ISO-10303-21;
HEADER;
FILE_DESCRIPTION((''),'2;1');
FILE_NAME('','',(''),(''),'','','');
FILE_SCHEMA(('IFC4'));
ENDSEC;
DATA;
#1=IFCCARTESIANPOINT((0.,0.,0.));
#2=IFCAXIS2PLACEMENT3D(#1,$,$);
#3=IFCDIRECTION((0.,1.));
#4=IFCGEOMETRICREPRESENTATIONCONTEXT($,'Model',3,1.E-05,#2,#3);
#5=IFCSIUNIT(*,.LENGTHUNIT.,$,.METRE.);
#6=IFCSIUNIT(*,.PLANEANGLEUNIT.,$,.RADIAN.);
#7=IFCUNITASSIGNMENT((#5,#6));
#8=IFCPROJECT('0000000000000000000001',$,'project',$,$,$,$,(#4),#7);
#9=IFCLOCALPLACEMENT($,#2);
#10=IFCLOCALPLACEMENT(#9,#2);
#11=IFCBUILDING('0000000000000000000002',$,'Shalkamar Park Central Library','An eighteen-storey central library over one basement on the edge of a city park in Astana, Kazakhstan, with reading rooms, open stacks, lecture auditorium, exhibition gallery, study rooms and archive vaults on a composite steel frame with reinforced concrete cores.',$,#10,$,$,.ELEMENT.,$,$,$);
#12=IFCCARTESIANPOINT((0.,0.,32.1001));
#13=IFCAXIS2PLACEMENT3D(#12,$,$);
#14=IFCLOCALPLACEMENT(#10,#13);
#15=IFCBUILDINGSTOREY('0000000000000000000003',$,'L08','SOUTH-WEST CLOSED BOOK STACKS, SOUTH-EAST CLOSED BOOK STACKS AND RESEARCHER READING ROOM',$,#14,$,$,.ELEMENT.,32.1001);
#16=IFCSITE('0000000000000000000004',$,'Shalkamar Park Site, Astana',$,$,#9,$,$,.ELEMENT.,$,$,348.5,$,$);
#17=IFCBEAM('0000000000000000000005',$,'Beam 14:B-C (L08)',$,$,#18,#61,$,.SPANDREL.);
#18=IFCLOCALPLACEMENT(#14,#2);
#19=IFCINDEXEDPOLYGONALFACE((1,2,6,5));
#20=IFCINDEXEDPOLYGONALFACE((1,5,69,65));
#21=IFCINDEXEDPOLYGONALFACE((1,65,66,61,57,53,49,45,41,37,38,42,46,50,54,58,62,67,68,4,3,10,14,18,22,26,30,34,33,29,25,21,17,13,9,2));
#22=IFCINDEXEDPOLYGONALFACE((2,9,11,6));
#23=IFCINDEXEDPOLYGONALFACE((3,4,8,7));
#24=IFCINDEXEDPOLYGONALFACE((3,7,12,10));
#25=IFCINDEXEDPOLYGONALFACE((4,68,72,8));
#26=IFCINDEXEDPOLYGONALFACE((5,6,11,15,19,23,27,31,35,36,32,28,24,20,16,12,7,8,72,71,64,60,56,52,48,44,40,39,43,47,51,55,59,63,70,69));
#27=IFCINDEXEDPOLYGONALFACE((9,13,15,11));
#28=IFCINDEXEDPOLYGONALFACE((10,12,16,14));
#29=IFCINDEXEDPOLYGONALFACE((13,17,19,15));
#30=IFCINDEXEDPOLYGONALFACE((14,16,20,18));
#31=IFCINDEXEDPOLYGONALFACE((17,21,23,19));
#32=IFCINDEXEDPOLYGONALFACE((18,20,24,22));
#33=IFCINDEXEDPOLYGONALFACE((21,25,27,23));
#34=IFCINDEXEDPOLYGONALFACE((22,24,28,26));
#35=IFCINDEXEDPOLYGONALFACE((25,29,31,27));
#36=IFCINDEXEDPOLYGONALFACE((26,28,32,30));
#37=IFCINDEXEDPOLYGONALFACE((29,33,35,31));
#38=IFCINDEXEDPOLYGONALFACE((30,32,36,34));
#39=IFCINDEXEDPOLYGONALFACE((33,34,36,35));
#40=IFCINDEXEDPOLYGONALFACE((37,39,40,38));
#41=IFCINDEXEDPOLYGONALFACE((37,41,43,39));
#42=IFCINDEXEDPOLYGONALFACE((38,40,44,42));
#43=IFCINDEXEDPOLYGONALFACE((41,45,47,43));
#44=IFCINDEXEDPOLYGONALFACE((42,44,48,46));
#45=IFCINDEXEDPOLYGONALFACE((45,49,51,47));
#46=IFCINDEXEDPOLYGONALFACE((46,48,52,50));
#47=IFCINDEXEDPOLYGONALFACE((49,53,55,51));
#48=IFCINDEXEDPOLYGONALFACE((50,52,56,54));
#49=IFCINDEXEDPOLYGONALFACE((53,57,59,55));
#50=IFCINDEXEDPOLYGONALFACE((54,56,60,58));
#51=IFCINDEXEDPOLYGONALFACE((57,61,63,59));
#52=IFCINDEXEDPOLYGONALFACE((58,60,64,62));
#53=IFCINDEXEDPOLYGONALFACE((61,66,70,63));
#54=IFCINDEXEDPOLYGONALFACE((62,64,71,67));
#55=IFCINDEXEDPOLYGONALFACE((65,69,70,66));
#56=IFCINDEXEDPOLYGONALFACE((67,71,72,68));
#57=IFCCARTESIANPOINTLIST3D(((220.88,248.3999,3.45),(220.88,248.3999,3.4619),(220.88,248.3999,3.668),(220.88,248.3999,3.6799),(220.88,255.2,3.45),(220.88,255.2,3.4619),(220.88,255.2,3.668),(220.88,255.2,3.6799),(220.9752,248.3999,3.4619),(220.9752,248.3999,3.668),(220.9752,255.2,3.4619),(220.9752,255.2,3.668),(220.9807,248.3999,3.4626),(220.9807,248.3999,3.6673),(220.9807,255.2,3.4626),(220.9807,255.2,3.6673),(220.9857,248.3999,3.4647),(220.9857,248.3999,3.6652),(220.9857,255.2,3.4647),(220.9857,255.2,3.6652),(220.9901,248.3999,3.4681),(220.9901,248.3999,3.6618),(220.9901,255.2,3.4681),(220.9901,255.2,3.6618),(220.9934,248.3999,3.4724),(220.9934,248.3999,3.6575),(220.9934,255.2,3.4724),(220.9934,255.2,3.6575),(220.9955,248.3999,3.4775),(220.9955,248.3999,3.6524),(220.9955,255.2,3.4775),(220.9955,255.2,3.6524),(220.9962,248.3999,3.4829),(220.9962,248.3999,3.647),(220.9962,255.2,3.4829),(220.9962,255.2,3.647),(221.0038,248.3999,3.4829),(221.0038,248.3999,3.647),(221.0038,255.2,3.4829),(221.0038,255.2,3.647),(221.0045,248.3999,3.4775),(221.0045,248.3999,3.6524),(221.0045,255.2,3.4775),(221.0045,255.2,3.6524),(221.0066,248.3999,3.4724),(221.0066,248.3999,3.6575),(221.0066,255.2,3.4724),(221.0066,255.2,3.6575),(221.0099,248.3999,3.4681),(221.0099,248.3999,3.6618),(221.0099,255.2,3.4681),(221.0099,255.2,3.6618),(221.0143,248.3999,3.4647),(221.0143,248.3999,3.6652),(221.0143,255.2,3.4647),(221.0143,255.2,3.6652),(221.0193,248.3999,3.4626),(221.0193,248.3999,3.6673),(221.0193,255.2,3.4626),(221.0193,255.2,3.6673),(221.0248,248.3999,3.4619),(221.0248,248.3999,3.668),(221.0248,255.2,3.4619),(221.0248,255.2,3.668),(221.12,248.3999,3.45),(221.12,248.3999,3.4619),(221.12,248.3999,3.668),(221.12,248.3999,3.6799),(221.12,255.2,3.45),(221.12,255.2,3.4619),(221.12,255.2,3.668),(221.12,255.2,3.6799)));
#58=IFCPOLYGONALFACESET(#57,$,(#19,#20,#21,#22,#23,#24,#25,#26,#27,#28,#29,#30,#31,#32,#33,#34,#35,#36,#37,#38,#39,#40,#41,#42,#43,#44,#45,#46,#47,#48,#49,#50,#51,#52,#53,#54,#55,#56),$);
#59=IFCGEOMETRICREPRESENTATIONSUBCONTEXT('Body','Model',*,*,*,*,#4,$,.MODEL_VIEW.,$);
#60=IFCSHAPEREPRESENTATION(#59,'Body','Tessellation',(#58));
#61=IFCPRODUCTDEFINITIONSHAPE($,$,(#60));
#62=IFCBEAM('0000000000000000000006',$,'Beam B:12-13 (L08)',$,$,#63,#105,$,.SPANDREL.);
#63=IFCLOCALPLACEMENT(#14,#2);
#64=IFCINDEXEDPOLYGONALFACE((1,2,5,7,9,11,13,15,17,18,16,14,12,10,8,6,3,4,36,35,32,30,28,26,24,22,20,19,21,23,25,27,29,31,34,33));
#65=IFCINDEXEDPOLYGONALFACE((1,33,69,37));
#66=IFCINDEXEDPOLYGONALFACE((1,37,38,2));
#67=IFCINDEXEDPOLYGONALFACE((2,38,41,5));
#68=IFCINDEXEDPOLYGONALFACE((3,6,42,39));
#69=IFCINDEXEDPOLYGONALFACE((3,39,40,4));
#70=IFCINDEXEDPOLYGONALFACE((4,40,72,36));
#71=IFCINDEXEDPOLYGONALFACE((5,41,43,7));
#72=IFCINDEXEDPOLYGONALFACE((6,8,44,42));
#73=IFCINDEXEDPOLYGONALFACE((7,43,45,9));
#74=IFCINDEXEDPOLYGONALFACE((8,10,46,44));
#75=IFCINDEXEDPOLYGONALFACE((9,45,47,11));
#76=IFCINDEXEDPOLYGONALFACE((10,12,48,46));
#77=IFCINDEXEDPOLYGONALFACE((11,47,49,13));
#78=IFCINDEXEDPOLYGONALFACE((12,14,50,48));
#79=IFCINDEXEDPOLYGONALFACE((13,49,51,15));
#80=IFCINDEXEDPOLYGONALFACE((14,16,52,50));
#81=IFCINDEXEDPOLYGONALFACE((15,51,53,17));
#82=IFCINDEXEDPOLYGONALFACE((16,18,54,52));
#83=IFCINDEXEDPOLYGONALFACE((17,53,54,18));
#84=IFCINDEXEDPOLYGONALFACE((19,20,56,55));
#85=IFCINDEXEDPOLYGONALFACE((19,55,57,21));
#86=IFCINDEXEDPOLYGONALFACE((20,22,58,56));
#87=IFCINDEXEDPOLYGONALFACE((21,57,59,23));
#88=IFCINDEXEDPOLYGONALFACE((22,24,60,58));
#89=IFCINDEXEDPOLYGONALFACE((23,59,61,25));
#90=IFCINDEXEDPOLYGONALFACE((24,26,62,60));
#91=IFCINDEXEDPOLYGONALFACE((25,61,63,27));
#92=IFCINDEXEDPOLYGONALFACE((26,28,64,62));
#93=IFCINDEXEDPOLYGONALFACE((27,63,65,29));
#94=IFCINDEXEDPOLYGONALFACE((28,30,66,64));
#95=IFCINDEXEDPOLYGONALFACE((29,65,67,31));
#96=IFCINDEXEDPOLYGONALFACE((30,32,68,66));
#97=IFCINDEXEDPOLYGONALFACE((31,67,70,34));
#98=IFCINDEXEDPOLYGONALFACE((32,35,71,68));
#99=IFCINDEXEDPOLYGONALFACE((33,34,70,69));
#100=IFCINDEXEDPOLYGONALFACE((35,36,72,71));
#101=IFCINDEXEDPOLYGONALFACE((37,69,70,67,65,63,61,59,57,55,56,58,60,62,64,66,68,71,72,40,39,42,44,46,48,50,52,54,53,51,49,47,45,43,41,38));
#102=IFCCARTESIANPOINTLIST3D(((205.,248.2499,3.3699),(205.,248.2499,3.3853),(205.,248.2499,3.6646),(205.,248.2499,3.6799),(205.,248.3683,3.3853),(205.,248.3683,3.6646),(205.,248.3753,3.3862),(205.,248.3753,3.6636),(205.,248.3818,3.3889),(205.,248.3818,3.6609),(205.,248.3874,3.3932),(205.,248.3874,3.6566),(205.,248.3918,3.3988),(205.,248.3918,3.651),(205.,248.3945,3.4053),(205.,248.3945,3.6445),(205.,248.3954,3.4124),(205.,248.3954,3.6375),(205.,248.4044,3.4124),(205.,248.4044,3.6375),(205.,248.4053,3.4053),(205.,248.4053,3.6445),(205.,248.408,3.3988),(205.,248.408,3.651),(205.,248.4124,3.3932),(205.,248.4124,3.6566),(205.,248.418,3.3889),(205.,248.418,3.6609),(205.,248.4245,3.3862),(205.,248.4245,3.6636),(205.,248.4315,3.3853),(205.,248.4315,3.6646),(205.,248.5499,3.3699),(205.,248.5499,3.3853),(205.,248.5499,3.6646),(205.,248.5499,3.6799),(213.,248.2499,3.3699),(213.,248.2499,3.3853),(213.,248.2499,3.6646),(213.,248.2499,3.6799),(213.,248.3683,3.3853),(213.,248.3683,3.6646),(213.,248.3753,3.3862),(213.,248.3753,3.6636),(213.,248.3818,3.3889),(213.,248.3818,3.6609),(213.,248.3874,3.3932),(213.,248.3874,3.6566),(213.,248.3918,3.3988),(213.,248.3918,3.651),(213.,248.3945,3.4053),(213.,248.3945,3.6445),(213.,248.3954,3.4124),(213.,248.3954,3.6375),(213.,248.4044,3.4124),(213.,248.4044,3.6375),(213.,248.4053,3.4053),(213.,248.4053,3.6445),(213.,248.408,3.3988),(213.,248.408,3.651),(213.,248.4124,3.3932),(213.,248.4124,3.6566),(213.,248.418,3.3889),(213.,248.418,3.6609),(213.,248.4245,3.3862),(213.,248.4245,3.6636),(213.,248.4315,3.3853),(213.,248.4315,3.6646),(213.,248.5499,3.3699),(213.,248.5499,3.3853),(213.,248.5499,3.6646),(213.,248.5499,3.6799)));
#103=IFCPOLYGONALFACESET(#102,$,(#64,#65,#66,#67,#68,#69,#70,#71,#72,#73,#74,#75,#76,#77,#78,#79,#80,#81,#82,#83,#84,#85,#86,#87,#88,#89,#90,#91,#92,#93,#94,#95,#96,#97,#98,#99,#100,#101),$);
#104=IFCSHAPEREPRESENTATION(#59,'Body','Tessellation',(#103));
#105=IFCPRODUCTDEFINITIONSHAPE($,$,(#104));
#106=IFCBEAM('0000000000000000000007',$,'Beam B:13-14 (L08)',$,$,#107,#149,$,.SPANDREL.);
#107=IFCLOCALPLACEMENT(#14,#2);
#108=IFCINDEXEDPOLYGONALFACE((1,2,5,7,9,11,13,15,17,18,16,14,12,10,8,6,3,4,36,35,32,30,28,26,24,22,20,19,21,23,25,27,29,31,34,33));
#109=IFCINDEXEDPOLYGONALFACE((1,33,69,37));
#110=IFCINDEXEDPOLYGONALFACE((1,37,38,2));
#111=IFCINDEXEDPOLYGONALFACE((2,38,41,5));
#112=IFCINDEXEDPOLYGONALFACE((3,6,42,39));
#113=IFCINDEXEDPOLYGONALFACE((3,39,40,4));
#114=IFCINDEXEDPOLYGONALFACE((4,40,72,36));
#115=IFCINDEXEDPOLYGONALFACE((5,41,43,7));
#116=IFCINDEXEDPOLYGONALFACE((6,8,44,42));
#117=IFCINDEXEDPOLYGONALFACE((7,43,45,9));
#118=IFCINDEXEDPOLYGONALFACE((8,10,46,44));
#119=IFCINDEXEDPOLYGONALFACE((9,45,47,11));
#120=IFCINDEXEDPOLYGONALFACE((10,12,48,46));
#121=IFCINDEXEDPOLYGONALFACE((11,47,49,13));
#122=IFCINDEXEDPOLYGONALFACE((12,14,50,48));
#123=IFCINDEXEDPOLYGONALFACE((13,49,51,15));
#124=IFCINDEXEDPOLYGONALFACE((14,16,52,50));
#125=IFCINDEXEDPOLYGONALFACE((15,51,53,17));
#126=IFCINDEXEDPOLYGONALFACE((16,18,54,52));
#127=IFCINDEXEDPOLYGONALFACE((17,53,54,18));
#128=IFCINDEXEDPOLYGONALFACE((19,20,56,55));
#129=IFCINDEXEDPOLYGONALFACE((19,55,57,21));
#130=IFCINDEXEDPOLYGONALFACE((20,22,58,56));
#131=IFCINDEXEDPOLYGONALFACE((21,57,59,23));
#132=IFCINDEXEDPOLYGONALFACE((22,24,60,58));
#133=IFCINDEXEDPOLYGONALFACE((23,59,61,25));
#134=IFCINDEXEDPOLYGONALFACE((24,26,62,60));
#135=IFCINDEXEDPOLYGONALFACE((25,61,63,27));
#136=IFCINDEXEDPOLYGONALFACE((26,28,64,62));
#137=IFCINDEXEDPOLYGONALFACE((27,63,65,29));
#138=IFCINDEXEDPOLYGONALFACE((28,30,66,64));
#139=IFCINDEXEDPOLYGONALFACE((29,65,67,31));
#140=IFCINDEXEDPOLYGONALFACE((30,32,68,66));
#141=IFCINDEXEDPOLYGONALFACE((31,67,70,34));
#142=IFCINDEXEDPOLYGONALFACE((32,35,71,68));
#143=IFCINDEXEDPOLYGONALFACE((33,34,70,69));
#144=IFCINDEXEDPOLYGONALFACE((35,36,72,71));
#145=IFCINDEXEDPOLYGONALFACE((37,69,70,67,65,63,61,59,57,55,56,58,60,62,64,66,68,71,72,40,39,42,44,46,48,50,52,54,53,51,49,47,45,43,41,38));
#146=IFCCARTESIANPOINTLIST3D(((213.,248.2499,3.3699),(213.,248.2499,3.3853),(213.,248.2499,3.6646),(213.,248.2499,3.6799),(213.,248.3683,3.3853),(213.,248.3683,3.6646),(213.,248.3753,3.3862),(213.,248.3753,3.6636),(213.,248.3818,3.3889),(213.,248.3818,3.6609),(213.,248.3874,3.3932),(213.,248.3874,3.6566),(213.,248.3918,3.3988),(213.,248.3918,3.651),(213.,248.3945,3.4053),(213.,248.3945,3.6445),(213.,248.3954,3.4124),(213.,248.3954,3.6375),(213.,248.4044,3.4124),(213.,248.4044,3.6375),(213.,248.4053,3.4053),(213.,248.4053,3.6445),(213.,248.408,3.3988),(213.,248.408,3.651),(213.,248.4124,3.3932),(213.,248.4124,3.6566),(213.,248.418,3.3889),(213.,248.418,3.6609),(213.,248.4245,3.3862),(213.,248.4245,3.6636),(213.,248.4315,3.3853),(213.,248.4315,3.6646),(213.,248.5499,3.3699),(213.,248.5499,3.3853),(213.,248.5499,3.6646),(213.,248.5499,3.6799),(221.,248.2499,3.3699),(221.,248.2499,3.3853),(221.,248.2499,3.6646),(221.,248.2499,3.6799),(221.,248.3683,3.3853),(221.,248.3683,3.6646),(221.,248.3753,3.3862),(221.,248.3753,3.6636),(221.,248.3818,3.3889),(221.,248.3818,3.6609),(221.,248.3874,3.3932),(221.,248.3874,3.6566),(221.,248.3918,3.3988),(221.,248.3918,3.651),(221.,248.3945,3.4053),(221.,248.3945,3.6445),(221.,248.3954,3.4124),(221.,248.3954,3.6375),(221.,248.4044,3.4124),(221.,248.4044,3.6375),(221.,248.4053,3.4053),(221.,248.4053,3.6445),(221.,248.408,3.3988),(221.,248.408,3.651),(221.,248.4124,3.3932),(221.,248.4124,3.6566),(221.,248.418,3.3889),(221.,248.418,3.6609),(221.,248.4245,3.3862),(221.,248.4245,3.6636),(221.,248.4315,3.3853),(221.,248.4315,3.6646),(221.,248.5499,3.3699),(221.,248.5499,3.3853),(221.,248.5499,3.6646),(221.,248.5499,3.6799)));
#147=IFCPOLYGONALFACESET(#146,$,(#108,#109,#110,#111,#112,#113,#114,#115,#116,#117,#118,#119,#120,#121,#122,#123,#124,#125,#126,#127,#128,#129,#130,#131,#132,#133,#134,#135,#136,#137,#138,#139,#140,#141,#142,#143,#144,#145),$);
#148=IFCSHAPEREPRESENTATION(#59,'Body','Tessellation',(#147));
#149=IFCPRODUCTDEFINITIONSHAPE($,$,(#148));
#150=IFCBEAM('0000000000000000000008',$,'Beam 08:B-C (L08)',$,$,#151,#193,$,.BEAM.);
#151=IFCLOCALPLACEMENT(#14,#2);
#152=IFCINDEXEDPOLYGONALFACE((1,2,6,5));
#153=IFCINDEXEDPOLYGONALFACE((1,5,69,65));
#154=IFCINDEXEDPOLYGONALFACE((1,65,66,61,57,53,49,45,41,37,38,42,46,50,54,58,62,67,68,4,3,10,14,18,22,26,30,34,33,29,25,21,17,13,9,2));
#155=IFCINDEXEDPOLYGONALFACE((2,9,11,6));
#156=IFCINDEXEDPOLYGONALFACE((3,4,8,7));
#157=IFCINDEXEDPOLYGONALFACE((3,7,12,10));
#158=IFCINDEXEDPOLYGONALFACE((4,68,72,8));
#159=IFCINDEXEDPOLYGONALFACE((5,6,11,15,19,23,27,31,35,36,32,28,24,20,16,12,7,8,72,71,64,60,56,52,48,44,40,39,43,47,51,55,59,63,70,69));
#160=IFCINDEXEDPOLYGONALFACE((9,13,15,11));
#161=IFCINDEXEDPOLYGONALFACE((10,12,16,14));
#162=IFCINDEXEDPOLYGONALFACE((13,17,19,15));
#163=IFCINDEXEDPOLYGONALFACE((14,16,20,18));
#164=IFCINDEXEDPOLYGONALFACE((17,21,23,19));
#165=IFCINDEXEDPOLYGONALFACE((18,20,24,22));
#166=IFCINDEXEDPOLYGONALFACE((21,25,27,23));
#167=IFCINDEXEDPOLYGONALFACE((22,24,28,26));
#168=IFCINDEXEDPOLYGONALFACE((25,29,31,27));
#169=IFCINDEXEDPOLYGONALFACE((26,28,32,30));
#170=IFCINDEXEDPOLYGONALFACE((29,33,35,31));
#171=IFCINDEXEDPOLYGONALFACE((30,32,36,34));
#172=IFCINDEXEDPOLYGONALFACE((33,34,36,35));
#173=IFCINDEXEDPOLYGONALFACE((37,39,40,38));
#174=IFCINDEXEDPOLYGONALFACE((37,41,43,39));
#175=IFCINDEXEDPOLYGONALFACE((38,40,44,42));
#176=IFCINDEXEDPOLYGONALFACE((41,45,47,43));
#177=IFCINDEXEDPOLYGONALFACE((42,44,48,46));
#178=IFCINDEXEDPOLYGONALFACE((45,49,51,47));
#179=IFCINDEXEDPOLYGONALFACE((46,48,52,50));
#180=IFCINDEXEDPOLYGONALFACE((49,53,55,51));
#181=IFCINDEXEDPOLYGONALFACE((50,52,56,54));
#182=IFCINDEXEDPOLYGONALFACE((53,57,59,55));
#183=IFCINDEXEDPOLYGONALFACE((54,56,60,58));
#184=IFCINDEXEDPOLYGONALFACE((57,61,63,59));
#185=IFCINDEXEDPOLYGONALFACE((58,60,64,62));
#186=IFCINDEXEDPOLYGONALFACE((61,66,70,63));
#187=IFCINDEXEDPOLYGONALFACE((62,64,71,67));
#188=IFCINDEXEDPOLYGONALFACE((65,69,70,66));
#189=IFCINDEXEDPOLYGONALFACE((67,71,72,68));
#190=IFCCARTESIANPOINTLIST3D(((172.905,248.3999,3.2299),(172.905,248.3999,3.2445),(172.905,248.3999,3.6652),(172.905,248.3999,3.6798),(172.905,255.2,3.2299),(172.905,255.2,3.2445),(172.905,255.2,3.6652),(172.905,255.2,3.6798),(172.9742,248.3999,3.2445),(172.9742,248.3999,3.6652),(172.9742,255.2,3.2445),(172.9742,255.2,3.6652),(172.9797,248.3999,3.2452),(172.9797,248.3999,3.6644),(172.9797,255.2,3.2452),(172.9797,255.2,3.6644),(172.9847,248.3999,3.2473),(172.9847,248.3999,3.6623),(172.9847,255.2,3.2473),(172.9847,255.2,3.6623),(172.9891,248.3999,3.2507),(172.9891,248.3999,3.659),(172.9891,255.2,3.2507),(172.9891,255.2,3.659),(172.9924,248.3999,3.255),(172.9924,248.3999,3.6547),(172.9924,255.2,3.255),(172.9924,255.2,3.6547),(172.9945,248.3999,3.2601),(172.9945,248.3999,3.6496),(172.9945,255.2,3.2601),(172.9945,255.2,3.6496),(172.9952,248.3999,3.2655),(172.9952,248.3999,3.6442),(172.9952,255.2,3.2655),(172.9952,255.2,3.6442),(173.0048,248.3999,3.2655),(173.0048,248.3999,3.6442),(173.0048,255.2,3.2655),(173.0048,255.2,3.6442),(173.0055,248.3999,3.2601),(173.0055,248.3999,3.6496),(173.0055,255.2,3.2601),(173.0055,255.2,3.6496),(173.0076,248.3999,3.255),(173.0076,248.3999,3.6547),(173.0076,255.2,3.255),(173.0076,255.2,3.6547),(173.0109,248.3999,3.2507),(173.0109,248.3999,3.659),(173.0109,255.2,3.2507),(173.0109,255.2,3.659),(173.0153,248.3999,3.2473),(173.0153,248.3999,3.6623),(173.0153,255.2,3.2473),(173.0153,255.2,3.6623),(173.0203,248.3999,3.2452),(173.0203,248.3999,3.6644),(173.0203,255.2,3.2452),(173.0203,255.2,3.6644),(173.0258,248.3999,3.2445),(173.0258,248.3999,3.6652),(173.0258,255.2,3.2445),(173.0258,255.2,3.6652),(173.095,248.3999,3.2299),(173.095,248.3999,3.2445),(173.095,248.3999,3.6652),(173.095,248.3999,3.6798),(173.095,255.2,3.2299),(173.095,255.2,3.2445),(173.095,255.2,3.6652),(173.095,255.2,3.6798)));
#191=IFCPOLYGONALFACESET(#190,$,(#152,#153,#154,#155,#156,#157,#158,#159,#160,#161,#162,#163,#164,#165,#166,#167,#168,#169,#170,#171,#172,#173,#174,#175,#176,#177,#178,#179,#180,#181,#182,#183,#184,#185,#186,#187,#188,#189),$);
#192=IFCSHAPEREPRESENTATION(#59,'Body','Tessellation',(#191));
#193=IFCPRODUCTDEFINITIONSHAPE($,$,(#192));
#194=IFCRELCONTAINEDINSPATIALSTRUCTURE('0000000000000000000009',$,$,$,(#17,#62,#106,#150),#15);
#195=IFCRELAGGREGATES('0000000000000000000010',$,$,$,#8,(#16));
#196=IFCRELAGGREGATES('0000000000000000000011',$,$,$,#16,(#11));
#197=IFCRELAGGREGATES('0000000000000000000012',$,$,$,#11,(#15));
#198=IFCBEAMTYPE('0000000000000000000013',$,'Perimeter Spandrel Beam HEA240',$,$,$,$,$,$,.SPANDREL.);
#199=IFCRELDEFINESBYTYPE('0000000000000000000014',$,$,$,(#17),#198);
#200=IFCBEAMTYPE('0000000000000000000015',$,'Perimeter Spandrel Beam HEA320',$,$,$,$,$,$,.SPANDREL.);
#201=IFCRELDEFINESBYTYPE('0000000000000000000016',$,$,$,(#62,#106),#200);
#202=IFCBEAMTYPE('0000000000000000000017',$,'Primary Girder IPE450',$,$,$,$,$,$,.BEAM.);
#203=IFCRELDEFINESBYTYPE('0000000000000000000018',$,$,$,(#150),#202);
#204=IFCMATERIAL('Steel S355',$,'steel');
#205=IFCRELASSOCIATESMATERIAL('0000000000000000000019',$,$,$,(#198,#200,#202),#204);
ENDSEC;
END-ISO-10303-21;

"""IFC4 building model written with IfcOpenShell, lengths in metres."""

from ifc_helpers import new_model, si_unit, direction, frame, origin, origin_2d, place, context, subcontext, project, spatial, i_section, extrude, material, material_profile, profile_set, type_object, element, save


model = new_model("IFC4")

# Units and contexts
model_context = context("Model", 3, precision=1e-05, world=origin(), true_north=direction((0.0, 1.0)))
body_context = subcontext(model_context, "Body", "Model", "MODEL_VIEW")
ifc_project = project(units=[si_unit("LENGTHUNIT", "METRE"), si_unit("PLANEANGLEUNIT", "RADIAN")], contexts=[model_context])

# Site, building, storey
site_placement = place(None, origin())
site = spatial("IfcSite", under=ifc_project, at=site_placement, Name="Shalkamar Park Site, Astana", CompositionType="ELEMENT", RefElevation=348.5)
building_placement = place(site_placement, origin())
building = spatial("IfcBuilding", under=site, at=building_placement, Name="Shalkamar Park Central Library", Description="An eighteen-storey central library over one basement on the edge of a city park in Astana, Kazakhstan, with reading rooms, open stacks, lecture auditorium, exhibition gallery, study rooms and archive vaults on a composite steel frame with reinforced concrete cores.", CompositionType="ELEMENT")
storey_placement = place(building_placement, frame((0.0, 0.0, 32.1001)))
storey = spatial("IfcBuildingStorey", under=building, at=storey_placement, Name="L08", Description="SOUTH-WEST CLOSED BOOK STACKS, SOUTH-EAST CLOSED BOOK STACKS AND RESEARCHER READING ROOM", CompositionType="ELEMENT", Elevation=32.1001)

# Shared definitions
ifc_material_1 = material(Name="Steel S355", Category="steel")

# Beams
ifc_material_profile_1 = material_profile(ifc_material_1, i_section(OverallWidth=0.24, OverallDepth=0.23, WebThickness=0.0076, FlangeThickness=0.012, FilletRadius=0.021, at=origin_2d()), Name="HEA 240")
ifc_profile_set_1 = profile_set([ifc_material_profile_1], Name="Steel S355")
beam_type_1 = type_object("IfcBeamType", Name="Perimeter Spandrel Beam HEA240", PredefinedType="SPANDREL", material=ifc_profile_set_1)
for number, where, z_axis, x_axis, name in (
    (1, (221.0, 248.3999, 3.5649), (0.0, 1.0, 0.0), (-1.0, 0.0, 0.0), "Beam 14:B-C (L08)"),
):
    element("IfcBeam", number, at=place(storey_placement, frame(where, z_axis=z_axis, x_axis=x_axis)), inside=storey, type_object=beam_type_1, Name=name, PredefinedType="SPANDREL", context=body_context, shape_type="SweptSolid", body=[
        extrude(i_section(OverallWidth=0.24, OverallDepth=0.23, WebThickness=0.0076, FlangeThickness=0.012, FilletRadius=0.021, at=origin_2d()), origin(), (0.0, 0.0, 1.0), 6.8),
    ])
ifc_material_profile_2 = material_profile(ifc_material_1, i_section(OverallWidth=0.3, OverallDepth=0.3101, WebThickness=0.009, FlangeThickness=0.0154, FilletRadius=0.0271, at=origin_2d()), Name="HEA 320")
ifc_profile_set_2 = profile_set([ifc_material_profile_2], Name="Steel S355")
beam_type_2 = type_object("IfcBeamType", Name="Perimeter Spandrel Beam HEA320", PredefinedType="SPANDREL", material=ifc_profile_set_2)
for number, where, z_axis, x_axis, name in (
    (2, (205.0, 248.3999, 3.5249), (1.0, 0.0, 0.0), (0.0, 1.0, 0.0), "Beam B:12-13 (L08)"),
    (3, (213.0, 248.3999, 3.5249), (1.0, 0.0, 0.0), (0.0, 1.0, 0.0), "Beam B:13-14 (L08)"),
):
    element("IfcBeam", number, at=place(storey_placement, frame(where, z_axis=z_axis, x_axis=x_axis)), inside=storey, type_object=beam_type_2, Name=name, PredefinedType="SPANDREL", context=body_context, shape_type="SweptSolid", body=[
        extrude(i_section(OverallWidth=0.3, OverallDepth=0.3101, WebThickness=0.009, FlangeThickness=0.0154, FilletRadius=0.0271, at=origin_2d()), origin(), (0.0, 0.0, 1.0), 8.0),
    ])
ifc_material_profile_3 = material_profile(ifc_material_1, i_section(OverallWidth=0.1899, OverallDepth=0.45, WebThickness=0.0095, FlangeThickness=0.0146, FilletRadius=0.021, at=origin_2d()), Name="IPE 450")
ifc_profile_set_3 = profile_set([ifc_material_profile_3], Name="Steel S355")
beam_type_3 = type_object("IfcBeamType", Name="Primary Girder IPE450", PredefinedType="BEAM", material=ifc_profile_set_3)
for number, where, z_axis, x_axis, name in (
    (4, (173.0, 248.3999, 3.4548), (0.0, 1.0, 0.0), (-1.0, 0.0, 0.0), "Beam 08:B-C (L08)"),
):
    element("IfcBeam", number, at=place(storey_placement, frame(where, z_axis=z_axis, x_axis=x_axis)), inside=storey, type_object=beam_type_3, Name=name, PredefinedType="BEAM", context=body_context, shape_type="SweptSolid", body=[
        extrude(i_section(OverallWidth=0.1899, OverallDepth=0.45, WebThickness=0.0095, FlangeThickness=0.0146, FilletRadius=0.021, at=origin_2d()), origin(), (0.0, 0.0, 1.0), 6.8),
    ])

save(model, "model.ifc")
